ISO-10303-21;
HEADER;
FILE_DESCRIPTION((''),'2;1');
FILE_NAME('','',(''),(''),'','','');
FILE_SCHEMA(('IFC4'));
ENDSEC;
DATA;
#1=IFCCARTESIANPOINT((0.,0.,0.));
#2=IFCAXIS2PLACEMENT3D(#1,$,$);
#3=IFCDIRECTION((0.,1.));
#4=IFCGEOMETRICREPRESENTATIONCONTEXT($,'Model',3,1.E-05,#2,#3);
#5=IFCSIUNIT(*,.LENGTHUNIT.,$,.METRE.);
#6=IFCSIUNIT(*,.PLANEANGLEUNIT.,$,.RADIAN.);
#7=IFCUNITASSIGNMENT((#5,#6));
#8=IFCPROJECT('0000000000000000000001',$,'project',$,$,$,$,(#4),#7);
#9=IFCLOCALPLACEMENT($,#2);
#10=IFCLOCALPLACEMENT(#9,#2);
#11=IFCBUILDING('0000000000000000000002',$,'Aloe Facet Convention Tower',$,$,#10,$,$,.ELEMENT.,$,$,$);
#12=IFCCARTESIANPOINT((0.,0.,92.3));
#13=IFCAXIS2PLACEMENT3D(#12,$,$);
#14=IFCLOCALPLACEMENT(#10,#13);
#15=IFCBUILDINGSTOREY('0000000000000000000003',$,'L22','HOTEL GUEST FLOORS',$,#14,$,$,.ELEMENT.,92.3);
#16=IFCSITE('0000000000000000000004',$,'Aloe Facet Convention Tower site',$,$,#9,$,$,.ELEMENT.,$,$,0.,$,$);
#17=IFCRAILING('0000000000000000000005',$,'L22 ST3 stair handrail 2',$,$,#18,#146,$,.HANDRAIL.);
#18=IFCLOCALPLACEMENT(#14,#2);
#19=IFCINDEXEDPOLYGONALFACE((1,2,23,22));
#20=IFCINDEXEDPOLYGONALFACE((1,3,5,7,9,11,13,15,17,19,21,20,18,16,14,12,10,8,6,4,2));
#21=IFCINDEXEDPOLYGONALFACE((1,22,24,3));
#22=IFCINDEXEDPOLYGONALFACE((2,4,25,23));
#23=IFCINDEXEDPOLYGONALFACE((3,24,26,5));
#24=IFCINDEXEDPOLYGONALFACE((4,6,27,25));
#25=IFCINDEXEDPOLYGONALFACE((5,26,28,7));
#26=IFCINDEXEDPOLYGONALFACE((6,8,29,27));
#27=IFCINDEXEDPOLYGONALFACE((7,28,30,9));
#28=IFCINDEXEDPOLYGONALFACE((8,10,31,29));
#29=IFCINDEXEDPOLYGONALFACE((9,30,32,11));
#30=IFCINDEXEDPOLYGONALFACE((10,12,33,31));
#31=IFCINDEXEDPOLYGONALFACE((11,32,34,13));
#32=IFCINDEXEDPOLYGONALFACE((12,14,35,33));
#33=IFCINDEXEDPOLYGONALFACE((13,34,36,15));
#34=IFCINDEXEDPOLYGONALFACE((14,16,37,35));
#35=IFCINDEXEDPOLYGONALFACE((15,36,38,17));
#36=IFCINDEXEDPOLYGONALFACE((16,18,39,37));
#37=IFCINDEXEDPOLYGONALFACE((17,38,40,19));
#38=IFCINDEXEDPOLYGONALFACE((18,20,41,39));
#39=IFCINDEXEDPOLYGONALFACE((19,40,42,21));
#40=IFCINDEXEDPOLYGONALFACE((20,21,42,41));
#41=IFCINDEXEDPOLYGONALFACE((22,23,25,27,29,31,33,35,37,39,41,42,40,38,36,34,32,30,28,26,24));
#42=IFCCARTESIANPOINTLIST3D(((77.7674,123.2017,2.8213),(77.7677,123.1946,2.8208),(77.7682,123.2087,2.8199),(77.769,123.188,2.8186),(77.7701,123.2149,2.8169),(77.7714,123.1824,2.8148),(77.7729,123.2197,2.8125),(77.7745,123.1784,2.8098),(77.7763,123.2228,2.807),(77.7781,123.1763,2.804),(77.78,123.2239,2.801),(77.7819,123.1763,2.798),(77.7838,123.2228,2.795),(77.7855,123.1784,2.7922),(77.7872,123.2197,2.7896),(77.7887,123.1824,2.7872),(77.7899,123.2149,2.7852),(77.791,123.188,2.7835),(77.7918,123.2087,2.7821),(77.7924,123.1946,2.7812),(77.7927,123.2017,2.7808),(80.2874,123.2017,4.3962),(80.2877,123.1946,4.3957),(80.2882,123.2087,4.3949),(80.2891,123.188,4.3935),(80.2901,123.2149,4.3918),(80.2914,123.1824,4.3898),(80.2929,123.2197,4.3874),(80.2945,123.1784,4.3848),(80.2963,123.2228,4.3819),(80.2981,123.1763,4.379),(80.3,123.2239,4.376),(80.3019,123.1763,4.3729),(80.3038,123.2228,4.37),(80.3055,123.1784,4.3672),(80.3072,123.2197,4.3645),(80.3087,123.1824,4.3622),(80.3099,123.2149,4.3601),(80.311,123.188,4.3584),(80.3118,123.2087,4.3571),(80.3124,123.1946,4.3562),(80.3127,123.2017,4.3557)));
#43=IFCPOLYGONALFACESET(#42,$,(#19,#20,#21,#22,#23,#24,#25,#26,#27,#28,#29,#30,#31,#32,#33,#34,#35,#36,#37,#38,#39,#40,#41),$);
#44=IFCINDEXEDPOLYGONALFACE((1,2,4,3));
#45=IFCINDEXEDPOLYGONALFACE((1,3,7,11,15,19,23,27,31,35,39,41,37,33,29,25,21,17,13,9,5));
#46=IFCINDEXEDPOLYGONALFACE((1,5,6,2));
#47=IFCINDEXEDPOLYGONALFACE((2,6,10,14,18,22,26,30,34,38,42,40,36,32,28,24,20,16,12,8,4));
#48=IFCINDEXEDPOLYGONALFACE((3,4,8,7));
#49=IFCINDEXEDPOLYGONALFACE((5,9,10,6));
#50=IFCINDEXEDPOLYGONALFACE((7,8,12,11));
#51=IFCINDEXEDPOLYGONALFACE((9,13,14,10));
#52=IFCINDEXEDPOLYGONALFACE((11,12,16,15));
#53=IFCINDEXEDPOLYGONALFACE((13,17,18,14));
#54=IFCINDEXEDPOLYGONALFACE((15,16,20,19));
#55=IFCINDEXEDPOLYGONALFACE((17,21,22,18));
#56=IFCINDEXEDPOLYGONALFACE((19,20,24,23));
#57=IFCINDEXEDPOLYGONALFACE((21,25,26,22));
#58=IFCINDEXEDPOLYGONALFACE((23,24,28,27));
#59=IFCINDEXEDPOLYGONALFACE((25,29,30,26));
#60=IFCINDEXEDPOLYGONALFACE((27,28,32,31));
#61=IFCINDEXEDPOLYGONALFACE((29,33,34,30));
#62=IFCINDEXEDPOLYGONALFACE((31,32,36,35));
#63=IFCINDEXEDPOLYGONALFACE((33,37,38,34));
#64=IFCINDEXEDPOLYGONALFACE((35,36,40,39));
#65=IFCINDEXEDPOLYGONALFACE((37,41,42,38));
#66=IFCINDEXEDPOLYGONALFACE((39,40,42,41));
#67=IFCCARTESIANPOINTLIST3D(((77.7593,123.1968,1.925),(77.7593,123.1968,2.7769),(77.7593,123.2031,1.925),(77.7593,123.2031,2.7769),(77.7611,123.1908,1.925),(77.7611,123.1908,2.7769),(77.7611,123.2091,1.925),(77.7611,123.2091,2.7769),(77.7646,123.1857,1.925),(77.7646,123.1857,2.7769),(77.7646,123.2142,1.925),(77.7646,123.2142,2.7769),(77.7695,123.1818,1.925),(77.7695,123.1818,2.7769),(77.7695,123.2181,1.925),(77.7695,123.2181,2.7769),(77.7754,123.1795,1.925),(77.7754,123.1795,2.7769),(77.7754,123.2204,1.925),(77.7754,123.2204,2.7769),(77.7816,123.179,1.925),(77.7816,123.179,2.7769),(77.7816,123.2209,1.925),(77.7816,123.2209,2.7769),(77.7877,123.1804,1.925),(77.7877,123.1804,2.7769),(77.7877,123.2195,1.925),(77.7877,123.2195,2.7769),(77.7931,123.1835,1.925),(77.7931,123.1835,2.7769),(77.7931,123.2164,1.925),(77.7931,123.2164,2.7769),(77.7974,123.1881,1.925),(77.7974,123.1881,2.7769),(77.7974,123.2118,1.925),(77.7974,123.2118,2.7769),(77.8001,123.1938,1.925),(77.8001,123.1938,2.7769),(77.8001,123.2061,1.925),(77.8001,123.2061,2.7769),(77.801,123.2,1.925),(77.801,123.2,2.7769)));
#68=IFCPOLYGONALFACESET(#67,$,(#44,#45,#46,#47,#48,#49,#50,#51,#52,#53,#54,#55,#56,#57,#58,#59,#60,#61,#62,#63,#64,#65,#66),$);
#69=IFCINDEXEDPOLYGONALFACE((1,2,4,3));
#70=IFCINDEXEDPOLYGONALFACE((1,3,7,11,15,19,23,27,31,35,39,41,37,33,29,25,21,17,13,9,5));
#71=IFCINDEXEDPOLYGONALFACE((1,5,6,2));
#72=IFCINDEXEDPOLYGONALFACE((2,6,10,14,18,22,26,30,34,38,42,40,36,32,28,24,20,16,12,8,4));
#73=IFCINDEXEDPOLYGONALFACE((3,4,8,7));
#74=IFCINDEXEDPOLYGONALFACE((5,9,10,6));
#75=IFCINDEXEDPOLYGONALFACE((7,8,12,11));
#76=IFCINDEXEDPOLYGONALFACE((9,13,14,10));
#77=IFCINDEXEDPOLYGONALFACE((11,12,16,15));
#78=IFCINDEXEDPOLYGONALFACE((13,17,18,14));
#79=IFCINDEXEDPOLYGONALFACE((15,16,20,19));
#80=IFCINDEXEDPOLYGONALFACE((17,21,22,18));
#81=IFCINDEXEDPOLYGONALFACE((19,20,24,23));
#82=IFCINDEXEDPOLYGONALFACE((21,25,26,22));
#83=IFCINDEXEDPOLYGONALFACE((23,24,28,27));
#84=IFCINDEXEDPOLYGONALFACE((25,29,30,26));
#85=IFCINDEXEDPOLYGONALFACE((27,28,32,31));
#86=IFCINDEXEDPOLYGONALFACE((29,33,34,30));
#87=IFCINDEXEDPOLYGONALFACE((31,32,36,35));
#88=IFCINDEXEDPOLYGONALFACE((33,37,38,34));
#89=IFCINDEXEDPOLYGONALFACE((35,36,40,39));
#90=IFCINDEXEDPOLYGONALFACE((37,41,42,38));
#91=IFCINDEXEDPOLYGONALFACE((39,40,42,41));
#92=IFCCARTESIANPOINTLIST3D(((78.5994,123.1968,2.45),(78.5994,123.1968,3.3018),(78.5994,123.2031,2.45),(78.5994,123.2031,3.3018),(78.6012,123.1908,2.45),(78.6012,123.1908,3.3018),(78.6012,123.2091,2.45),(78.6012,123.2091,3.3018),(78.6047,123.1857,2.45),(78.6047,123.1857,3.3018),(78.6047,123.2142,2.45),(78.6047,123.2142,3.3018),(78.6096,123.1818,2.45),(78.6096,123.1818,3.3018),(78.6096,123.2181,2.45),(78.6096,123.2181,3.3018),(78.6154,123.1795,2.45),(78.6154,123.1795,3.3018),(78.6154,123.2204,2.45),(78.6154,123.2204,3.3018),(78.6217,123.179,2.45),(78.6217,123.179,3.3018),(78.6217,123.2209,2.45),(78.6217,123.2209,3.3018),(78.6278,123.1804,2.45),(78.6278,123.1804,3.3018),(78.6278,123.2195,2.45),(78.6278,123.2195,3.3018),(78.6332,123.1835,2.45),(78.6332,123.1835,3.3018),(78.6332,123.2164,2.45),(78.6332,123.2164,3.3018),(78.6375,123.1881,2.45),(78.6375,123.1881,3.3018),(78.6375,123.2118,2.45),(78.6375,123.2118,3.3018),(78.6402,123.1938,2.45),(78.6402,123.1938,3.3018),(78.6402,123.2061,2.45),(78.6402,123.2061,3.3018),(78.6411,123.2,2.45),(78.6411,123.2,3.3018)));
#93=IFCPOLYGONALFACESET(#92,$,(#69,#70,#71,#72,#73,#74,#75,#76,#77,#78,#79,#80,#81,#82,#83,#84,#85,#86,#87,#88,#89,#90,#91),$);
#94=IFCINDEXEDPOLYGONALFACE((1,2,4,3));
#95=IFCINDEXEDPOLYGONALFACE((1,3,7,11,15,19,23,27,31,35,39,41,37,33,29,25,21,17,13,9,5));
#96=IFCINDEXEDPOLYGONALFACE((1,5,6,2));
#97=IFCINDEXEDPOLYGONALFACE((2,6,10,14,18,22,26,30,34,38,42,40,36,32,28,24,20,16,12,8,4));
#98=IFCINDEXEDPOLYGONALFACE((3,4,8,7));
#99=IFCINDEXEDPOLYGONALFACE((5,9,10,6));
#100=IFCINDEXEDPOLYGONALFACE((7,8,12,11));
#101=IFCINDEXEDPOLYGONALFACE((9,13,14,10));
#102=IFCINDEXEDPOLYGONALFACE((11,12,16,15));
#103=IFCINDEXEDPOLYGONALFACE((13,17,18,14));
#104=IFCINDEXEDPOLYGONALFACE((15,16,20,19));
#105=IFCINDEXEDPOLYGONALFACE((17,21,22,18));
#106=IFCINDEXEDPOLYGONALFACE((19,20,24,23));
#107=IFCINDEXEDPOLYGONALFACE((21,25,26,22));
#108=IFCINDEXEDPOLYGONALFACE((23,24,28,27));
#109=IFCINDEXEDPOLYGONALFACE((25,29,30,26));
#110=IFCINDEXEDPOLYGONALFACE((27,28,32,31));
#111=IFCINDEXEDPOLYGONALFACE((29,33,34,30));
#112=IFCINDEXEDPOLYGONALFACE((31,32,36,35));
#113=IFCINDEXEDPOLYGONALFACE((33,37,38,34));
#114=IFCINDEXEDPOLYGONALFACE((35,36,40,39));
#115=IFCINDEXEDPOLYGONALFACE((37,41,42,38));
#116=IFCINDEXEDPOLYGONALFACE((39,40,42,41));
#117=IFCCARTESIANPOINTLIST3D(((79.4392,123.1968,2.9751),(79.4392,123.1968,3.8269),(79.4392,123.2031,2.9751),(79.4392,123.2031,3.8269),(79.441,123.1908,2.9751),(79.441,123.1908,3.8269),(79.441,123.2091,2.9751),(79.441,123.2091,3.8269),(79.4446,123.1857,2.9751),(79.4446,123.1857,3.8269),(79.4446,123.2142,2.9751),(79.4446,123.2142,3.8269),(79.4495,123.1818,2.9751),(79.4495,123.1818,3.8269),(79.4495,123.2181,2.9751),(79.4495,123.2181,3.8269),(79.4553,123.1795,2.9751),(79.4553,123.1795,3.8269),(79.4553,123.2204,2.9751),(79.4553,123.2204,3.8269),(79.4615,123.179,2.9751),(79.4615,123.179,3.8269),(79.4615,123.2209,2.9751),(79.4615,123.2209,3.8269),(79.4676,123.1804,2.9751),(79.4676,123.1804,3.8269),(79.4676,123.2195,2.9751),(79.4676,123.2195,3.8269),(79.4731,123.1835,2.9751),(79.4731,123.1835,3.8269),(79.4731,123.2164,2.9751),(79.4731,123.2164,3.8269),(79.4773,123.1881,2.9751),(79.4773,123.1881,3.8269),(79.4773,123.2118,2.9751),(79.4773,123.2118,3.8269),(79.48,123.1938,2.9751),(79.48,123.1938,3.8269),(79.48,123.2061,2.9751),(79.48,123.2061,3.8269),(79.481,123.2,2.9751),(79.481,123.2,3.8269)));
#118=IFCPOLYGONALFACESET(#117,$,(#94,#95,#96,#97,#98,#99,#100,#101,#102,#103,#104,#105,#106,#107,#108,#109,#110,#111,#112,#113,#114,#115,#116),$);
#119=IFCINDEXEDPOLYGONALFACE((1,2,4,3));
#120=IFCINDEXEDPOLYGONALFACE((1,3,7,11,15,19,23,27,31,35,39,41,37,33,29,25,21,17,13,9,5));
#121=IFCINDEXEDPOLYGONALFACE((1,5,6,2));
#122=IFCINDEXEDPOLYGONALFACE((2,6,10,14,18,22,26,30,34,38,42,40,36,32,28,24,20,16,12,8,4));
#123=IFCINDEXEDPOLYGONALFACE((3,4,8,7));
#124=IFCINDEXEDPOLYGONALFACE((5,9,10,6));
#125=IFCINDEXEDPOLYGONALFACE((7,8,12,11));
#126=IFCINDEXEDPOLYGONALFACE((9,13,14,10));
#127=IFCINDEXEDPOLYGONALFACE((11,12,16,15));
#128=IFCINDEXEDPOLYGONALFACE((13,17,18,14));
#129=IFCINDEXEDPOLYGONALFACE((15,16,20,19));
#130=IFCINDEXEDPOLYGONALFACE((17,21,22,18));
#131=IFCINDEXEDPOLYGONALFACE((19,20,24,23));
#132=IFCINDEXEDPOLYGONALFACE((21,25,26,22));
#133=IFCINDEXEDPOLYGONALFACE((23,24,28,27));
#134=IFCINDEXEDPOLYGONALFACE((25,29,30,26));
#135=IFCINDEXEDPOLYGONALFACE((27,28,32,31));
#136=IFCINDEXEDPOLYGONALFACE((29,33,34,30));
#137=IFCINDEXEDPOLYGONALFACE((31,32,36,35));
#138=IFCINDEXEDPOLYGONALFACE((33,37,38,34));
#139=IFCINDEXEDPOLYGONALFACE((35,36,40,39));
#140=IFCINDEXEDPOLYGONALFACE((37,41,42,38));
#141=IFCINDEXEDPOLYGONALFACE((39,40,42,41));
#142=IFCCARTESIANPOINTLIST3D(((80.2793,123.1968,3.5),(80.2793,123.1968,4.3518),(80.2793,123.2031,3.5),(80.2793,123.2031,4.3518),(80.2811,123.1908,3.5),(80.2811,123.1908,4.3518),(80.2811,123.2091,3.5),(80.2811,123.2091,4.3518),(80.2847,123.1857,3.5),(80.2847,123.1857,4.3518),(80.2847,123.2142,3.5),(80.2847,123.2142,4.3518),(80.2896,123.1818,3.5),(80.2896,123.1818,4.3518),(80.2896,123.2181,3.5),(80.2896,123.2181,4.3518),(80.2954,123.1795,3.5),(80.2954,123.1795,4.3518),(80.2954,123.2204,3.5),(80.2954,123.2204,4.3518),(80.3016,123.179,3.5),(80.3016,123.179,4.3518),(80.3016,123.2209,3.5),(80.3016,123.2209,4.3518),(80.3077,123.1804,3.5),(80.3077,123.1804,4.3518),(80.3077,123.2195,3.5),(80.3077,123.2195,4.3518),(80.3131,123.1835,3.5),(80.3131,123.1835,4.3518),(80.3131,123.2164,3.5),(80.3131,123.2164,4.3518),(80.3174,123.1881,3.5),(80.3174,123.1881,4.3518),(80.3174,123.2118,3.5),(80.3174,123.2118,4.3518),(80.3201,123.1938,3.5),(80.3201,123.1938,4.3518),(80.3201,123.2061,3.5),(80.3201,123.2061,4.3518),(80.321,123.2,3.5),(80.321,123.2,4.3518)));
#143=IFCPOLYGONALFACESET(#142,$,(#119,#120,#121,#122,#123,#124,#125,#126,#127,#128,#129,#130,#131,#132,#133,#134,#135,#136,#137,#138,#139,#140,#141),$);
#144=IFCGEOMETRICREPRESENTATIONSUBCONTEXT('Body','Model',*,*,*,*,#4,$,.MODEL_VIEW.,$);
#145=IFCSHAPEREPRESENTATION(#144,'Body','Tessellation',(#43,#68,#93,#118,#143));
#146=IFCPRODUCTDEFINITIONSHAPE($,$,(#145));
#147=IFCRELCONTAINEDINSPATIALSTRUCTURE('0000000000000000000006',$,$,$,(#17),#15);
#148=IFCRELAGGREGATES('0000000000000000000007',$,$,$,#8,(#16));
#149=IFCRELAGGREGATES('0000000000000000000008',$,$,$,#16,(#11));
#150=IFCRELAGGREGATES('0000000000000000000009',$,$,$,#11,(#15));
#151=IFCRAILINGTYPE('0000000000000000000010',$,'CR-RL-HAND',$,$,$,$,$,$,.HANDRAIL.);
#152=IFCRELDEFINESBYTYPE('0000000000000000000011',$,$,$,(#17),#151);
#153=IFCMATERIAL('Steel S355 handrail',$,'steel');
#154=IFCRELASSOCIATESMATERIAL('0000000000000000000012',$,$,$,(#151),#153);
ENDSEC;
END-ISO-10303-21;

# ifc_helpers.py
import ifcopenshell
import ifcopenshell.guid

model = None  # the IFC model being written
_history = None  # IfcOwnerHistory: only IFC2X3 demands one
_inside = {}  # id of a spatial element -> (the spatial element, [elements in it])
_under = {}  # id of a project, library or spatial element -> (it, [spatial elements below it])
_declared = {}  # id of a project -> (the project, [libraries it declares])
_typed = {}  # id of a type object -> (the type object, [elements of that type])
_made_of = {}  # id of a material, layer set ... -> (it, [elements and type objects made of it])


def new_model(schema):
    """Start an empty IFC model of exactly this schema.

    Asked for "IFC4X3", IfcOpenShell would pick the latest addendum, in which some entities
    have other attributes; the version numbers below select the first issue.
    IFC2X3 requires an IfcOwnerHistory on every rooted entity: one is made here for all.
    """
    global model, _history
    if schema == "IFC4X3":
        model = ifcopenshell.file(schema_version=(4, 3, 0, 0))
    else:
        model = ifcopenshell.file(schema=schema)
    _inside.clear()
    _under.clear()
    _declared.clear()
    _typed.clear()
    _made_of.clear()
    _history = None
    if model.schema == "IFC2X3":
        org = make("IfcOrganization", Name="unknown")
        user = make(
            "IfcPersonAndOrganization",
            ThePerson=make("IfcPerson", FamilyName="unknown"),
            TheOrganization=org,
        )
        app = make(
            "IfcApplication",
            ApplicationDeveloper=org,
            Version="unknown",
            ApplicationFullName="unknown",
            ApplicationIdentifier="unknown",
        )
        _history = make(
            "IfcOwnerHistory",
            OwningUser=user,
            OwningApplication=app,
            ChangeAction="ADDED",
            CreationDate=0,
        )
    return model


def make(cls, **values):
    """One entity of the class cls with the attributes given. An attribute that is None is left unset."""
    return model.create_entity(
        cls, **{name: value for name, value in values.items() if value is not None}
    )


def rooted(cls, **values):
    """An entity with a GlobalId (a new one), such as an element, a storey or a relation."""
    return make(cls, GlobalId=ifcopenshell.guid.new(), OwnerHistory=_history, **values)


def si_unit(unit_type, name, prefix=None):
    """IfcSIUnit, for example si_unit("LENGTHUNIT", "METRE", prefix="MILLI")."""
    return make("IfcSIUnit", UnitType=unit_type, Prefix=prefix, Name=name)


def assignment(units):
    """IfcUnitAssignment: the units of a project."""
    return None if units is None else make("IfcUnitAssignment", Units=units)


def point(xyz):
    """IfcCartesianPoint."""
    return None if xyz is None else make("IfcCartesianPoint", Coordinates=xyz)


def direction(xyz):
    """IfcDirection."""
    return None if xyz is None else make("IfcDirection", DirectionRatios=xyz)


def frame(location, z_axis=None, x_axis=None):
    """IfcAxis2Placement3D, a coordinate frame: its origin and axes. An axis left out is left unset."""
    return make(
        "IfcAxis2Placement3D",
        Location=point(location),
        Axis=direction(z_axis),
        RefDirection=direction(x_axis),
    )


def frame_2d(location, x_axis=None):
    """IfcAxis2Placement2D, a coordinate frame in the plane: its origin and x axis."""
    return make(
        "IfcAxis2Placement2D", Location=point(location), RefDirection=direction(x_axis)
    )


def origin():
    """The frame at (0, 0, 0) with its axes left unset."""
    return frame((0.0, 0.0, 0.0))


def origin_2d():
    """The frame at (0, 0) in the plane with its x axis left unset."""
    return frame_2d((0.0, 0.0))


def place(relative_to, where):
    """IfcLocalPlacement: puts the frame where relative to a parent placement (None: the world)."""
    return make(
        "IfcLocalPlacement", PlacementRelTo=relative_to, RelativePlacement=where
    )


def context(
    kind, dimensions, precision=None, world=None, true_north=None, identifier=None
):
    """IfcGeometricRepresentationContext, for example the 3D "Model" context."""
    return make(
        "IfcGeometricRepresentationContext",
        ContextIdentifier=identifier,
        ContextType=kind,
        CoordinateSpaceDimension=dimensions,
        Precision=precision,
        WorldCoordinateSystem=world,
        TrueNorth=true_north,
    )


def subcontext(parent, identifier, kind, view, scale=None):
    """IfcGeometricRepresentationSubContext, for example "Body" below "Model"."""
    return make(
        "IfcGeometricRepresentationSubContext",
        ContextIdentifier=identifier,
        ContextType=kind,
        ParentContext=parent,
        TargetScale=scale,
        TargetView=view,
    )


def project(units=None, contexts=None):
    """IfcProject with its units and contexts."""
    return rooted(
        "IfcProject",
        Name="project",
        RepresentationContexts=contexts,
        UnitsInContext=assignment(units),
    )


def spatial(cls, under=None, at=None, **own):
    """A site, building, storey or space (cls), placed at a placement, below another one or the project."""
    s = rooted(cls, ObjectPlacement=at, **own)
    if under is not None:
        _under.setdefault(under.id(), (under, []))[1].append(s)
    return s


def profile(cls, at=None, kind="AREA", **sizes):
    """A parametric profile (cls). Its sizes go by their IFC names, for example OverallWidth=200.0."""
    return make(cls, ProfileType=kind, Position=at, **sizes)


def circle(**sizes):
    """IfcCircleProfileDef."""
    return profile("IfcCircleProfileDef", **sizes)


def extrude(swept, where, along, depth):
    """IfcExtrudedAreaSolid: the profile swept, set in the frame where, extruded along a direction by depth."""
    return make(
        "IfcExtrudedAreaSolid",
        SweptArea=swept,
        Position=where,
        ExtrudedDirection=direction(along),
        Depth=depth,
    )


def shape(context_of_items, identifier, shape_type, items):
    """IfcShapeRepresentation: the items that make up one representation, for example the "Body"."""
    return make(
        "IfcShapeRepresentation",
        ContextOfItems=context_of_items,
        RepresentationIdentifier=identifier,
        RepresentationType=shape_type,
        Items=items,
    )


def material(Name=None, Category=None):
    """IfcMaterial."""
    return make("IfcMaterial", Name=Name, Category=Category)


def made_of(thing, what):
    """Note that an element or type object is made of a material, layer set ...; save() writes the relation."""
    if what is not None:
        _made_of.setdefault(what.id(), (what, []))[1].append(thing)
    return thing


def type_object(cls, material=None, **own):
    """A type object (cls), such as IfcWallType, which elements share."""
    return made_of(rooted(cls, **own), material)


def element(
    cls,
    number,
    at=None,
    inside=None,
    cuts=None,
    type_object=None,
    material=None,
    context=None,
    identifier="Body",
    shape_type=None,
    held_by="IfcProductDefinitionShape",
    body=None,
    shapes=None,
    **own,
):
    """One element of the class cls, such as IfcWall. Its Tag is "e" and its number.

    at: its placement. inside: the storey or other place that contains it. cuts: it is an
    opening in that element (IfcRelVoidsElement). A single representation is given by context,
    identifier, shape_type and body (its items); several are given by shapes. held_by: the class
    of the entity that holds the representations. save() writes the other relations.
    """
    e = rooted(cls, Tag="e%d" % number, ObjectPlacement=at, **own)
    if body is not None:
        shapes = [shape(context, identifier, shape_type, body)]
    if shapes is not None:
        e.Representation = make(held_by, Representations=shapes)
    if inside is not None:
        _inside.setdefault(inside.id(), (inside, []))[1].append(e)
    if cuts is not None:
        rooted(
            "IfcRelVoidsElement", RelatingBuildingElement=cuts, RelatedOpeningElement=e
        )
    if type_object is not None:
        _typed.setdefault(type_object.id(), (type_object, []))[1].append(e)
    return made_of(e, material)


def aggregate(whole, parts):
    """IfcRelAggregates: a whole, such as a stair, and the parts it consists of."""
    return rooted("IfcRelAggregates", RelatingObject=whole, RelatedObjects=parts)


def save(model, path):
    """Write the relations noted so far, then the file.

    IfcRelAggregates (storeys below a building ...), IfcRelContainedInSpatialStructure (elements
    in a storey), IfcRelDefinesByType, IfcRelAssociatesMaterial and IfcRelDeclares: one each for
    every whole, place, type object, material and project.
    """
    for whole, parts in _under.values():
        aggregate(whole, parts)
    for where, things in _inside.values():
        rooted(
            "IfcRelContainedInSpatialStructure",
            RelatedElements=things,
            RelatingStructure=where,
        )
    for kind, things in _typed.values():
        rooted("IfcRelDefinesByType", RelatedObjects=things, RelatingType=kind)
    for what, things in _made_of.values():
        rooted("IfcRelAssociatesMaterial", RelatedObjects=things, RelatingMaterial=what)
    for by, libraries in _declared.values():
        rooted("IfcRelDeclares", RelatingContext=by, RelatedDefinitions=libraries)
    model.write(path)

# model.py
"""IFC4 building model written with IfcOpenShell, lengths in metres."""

from ifc_helpers import new_model, si_unit, direction, frame, origin, origin_2d, place, context, subcontext, project, spatial, circle, extrude, material, type_object, element, save


model = new_model("IFC4")

# Units and contexts
model_context = context("Model", 3, precision=1e-05, world=origin(), true_north=direction((0.0, 1.0)))
body_context = subcontext(model_context, "Body", "Model", "MODEL_VIEW")
ifc_project = project(units=[si_unit("LENGTHUNIT", "METRE"), si_unit("PLANEANGLEUNIT", "RADIAN")], contexts=[model_context])

# Site, building, storey
site_placement = place(None, origin())
site = spatial("IfcSite", under=ifc_project, at=site_placement, Name="Aloe Facet Convention Tower site", CompositionType="ELEMENT", RefElevation=0.0)
building_placement = place(site_placement, origin())
building = spatial("IfcBuilding", under=site, at=building_placement, Name="Aloe Facet Convention Tower", CompositionType="ELEMENT")
storey_placement = place(building_placement, frame((0.0, 0.0, 92.3)))
storey = spatial("IfcBuildingStorey", under=building, at=storey_placement, Name="L22", Description="HOTEL GUEST FLOORS", CompositionType="ELEMENT", Elevation=92.3)

# Railing
ifc_material_1 = material(Name="Steel S355 handrail", Category="steel")
railing_type_1 = type_object("IfcRailingType", Name="CR-RL-HAND", PredefinedType="HANDRAIL", material=ifc_material_1)
railing_1_placement = place(storey_placement, frame((77.78, 123.2, 1.925)))
element("IfcRailing", 1, at=railing_1_placement, inside=storey, type_object=railing_type_1, Name="L22 ST3 stair handrail 2", PredefinedType="HANDRAIL", context=body_context, shape_type="SweptSolid", body=[
    extrude(circle(Radius=0.0239, at=origin_2d()), frame((0.0, 0.0, 0.876), z_axis=(0.848008, 0.0, 0.529984), x_axis=(0.0, 1.0, 0.0)), (0.0, 0.0, 1.0), 2.9717),
    extrude(circle(Radius=0.021, at=origin_2d()), origin(), (0.0, 0.0, 1.0), 0.8518),
    extrude(circle(Radius=0.021, at=origin_2d()), frame((0.8401, 0.0, 0.5249)), (0.0, 0.0, 1.0), 0.8518),
    extrude(circle(Radius=0.021, at=origin_2d()), frame((1.6799, 0.0, 1.05)), (0.0, 0.0, 1.0), 0.8518),
    extrude(circle(Radius=0.021, at=origin_2d()), frame((2.52, 0.0, 1.575)), (0.0, 0.0, 1.0), 0.8518),
])

save(model, "model.ifc")
